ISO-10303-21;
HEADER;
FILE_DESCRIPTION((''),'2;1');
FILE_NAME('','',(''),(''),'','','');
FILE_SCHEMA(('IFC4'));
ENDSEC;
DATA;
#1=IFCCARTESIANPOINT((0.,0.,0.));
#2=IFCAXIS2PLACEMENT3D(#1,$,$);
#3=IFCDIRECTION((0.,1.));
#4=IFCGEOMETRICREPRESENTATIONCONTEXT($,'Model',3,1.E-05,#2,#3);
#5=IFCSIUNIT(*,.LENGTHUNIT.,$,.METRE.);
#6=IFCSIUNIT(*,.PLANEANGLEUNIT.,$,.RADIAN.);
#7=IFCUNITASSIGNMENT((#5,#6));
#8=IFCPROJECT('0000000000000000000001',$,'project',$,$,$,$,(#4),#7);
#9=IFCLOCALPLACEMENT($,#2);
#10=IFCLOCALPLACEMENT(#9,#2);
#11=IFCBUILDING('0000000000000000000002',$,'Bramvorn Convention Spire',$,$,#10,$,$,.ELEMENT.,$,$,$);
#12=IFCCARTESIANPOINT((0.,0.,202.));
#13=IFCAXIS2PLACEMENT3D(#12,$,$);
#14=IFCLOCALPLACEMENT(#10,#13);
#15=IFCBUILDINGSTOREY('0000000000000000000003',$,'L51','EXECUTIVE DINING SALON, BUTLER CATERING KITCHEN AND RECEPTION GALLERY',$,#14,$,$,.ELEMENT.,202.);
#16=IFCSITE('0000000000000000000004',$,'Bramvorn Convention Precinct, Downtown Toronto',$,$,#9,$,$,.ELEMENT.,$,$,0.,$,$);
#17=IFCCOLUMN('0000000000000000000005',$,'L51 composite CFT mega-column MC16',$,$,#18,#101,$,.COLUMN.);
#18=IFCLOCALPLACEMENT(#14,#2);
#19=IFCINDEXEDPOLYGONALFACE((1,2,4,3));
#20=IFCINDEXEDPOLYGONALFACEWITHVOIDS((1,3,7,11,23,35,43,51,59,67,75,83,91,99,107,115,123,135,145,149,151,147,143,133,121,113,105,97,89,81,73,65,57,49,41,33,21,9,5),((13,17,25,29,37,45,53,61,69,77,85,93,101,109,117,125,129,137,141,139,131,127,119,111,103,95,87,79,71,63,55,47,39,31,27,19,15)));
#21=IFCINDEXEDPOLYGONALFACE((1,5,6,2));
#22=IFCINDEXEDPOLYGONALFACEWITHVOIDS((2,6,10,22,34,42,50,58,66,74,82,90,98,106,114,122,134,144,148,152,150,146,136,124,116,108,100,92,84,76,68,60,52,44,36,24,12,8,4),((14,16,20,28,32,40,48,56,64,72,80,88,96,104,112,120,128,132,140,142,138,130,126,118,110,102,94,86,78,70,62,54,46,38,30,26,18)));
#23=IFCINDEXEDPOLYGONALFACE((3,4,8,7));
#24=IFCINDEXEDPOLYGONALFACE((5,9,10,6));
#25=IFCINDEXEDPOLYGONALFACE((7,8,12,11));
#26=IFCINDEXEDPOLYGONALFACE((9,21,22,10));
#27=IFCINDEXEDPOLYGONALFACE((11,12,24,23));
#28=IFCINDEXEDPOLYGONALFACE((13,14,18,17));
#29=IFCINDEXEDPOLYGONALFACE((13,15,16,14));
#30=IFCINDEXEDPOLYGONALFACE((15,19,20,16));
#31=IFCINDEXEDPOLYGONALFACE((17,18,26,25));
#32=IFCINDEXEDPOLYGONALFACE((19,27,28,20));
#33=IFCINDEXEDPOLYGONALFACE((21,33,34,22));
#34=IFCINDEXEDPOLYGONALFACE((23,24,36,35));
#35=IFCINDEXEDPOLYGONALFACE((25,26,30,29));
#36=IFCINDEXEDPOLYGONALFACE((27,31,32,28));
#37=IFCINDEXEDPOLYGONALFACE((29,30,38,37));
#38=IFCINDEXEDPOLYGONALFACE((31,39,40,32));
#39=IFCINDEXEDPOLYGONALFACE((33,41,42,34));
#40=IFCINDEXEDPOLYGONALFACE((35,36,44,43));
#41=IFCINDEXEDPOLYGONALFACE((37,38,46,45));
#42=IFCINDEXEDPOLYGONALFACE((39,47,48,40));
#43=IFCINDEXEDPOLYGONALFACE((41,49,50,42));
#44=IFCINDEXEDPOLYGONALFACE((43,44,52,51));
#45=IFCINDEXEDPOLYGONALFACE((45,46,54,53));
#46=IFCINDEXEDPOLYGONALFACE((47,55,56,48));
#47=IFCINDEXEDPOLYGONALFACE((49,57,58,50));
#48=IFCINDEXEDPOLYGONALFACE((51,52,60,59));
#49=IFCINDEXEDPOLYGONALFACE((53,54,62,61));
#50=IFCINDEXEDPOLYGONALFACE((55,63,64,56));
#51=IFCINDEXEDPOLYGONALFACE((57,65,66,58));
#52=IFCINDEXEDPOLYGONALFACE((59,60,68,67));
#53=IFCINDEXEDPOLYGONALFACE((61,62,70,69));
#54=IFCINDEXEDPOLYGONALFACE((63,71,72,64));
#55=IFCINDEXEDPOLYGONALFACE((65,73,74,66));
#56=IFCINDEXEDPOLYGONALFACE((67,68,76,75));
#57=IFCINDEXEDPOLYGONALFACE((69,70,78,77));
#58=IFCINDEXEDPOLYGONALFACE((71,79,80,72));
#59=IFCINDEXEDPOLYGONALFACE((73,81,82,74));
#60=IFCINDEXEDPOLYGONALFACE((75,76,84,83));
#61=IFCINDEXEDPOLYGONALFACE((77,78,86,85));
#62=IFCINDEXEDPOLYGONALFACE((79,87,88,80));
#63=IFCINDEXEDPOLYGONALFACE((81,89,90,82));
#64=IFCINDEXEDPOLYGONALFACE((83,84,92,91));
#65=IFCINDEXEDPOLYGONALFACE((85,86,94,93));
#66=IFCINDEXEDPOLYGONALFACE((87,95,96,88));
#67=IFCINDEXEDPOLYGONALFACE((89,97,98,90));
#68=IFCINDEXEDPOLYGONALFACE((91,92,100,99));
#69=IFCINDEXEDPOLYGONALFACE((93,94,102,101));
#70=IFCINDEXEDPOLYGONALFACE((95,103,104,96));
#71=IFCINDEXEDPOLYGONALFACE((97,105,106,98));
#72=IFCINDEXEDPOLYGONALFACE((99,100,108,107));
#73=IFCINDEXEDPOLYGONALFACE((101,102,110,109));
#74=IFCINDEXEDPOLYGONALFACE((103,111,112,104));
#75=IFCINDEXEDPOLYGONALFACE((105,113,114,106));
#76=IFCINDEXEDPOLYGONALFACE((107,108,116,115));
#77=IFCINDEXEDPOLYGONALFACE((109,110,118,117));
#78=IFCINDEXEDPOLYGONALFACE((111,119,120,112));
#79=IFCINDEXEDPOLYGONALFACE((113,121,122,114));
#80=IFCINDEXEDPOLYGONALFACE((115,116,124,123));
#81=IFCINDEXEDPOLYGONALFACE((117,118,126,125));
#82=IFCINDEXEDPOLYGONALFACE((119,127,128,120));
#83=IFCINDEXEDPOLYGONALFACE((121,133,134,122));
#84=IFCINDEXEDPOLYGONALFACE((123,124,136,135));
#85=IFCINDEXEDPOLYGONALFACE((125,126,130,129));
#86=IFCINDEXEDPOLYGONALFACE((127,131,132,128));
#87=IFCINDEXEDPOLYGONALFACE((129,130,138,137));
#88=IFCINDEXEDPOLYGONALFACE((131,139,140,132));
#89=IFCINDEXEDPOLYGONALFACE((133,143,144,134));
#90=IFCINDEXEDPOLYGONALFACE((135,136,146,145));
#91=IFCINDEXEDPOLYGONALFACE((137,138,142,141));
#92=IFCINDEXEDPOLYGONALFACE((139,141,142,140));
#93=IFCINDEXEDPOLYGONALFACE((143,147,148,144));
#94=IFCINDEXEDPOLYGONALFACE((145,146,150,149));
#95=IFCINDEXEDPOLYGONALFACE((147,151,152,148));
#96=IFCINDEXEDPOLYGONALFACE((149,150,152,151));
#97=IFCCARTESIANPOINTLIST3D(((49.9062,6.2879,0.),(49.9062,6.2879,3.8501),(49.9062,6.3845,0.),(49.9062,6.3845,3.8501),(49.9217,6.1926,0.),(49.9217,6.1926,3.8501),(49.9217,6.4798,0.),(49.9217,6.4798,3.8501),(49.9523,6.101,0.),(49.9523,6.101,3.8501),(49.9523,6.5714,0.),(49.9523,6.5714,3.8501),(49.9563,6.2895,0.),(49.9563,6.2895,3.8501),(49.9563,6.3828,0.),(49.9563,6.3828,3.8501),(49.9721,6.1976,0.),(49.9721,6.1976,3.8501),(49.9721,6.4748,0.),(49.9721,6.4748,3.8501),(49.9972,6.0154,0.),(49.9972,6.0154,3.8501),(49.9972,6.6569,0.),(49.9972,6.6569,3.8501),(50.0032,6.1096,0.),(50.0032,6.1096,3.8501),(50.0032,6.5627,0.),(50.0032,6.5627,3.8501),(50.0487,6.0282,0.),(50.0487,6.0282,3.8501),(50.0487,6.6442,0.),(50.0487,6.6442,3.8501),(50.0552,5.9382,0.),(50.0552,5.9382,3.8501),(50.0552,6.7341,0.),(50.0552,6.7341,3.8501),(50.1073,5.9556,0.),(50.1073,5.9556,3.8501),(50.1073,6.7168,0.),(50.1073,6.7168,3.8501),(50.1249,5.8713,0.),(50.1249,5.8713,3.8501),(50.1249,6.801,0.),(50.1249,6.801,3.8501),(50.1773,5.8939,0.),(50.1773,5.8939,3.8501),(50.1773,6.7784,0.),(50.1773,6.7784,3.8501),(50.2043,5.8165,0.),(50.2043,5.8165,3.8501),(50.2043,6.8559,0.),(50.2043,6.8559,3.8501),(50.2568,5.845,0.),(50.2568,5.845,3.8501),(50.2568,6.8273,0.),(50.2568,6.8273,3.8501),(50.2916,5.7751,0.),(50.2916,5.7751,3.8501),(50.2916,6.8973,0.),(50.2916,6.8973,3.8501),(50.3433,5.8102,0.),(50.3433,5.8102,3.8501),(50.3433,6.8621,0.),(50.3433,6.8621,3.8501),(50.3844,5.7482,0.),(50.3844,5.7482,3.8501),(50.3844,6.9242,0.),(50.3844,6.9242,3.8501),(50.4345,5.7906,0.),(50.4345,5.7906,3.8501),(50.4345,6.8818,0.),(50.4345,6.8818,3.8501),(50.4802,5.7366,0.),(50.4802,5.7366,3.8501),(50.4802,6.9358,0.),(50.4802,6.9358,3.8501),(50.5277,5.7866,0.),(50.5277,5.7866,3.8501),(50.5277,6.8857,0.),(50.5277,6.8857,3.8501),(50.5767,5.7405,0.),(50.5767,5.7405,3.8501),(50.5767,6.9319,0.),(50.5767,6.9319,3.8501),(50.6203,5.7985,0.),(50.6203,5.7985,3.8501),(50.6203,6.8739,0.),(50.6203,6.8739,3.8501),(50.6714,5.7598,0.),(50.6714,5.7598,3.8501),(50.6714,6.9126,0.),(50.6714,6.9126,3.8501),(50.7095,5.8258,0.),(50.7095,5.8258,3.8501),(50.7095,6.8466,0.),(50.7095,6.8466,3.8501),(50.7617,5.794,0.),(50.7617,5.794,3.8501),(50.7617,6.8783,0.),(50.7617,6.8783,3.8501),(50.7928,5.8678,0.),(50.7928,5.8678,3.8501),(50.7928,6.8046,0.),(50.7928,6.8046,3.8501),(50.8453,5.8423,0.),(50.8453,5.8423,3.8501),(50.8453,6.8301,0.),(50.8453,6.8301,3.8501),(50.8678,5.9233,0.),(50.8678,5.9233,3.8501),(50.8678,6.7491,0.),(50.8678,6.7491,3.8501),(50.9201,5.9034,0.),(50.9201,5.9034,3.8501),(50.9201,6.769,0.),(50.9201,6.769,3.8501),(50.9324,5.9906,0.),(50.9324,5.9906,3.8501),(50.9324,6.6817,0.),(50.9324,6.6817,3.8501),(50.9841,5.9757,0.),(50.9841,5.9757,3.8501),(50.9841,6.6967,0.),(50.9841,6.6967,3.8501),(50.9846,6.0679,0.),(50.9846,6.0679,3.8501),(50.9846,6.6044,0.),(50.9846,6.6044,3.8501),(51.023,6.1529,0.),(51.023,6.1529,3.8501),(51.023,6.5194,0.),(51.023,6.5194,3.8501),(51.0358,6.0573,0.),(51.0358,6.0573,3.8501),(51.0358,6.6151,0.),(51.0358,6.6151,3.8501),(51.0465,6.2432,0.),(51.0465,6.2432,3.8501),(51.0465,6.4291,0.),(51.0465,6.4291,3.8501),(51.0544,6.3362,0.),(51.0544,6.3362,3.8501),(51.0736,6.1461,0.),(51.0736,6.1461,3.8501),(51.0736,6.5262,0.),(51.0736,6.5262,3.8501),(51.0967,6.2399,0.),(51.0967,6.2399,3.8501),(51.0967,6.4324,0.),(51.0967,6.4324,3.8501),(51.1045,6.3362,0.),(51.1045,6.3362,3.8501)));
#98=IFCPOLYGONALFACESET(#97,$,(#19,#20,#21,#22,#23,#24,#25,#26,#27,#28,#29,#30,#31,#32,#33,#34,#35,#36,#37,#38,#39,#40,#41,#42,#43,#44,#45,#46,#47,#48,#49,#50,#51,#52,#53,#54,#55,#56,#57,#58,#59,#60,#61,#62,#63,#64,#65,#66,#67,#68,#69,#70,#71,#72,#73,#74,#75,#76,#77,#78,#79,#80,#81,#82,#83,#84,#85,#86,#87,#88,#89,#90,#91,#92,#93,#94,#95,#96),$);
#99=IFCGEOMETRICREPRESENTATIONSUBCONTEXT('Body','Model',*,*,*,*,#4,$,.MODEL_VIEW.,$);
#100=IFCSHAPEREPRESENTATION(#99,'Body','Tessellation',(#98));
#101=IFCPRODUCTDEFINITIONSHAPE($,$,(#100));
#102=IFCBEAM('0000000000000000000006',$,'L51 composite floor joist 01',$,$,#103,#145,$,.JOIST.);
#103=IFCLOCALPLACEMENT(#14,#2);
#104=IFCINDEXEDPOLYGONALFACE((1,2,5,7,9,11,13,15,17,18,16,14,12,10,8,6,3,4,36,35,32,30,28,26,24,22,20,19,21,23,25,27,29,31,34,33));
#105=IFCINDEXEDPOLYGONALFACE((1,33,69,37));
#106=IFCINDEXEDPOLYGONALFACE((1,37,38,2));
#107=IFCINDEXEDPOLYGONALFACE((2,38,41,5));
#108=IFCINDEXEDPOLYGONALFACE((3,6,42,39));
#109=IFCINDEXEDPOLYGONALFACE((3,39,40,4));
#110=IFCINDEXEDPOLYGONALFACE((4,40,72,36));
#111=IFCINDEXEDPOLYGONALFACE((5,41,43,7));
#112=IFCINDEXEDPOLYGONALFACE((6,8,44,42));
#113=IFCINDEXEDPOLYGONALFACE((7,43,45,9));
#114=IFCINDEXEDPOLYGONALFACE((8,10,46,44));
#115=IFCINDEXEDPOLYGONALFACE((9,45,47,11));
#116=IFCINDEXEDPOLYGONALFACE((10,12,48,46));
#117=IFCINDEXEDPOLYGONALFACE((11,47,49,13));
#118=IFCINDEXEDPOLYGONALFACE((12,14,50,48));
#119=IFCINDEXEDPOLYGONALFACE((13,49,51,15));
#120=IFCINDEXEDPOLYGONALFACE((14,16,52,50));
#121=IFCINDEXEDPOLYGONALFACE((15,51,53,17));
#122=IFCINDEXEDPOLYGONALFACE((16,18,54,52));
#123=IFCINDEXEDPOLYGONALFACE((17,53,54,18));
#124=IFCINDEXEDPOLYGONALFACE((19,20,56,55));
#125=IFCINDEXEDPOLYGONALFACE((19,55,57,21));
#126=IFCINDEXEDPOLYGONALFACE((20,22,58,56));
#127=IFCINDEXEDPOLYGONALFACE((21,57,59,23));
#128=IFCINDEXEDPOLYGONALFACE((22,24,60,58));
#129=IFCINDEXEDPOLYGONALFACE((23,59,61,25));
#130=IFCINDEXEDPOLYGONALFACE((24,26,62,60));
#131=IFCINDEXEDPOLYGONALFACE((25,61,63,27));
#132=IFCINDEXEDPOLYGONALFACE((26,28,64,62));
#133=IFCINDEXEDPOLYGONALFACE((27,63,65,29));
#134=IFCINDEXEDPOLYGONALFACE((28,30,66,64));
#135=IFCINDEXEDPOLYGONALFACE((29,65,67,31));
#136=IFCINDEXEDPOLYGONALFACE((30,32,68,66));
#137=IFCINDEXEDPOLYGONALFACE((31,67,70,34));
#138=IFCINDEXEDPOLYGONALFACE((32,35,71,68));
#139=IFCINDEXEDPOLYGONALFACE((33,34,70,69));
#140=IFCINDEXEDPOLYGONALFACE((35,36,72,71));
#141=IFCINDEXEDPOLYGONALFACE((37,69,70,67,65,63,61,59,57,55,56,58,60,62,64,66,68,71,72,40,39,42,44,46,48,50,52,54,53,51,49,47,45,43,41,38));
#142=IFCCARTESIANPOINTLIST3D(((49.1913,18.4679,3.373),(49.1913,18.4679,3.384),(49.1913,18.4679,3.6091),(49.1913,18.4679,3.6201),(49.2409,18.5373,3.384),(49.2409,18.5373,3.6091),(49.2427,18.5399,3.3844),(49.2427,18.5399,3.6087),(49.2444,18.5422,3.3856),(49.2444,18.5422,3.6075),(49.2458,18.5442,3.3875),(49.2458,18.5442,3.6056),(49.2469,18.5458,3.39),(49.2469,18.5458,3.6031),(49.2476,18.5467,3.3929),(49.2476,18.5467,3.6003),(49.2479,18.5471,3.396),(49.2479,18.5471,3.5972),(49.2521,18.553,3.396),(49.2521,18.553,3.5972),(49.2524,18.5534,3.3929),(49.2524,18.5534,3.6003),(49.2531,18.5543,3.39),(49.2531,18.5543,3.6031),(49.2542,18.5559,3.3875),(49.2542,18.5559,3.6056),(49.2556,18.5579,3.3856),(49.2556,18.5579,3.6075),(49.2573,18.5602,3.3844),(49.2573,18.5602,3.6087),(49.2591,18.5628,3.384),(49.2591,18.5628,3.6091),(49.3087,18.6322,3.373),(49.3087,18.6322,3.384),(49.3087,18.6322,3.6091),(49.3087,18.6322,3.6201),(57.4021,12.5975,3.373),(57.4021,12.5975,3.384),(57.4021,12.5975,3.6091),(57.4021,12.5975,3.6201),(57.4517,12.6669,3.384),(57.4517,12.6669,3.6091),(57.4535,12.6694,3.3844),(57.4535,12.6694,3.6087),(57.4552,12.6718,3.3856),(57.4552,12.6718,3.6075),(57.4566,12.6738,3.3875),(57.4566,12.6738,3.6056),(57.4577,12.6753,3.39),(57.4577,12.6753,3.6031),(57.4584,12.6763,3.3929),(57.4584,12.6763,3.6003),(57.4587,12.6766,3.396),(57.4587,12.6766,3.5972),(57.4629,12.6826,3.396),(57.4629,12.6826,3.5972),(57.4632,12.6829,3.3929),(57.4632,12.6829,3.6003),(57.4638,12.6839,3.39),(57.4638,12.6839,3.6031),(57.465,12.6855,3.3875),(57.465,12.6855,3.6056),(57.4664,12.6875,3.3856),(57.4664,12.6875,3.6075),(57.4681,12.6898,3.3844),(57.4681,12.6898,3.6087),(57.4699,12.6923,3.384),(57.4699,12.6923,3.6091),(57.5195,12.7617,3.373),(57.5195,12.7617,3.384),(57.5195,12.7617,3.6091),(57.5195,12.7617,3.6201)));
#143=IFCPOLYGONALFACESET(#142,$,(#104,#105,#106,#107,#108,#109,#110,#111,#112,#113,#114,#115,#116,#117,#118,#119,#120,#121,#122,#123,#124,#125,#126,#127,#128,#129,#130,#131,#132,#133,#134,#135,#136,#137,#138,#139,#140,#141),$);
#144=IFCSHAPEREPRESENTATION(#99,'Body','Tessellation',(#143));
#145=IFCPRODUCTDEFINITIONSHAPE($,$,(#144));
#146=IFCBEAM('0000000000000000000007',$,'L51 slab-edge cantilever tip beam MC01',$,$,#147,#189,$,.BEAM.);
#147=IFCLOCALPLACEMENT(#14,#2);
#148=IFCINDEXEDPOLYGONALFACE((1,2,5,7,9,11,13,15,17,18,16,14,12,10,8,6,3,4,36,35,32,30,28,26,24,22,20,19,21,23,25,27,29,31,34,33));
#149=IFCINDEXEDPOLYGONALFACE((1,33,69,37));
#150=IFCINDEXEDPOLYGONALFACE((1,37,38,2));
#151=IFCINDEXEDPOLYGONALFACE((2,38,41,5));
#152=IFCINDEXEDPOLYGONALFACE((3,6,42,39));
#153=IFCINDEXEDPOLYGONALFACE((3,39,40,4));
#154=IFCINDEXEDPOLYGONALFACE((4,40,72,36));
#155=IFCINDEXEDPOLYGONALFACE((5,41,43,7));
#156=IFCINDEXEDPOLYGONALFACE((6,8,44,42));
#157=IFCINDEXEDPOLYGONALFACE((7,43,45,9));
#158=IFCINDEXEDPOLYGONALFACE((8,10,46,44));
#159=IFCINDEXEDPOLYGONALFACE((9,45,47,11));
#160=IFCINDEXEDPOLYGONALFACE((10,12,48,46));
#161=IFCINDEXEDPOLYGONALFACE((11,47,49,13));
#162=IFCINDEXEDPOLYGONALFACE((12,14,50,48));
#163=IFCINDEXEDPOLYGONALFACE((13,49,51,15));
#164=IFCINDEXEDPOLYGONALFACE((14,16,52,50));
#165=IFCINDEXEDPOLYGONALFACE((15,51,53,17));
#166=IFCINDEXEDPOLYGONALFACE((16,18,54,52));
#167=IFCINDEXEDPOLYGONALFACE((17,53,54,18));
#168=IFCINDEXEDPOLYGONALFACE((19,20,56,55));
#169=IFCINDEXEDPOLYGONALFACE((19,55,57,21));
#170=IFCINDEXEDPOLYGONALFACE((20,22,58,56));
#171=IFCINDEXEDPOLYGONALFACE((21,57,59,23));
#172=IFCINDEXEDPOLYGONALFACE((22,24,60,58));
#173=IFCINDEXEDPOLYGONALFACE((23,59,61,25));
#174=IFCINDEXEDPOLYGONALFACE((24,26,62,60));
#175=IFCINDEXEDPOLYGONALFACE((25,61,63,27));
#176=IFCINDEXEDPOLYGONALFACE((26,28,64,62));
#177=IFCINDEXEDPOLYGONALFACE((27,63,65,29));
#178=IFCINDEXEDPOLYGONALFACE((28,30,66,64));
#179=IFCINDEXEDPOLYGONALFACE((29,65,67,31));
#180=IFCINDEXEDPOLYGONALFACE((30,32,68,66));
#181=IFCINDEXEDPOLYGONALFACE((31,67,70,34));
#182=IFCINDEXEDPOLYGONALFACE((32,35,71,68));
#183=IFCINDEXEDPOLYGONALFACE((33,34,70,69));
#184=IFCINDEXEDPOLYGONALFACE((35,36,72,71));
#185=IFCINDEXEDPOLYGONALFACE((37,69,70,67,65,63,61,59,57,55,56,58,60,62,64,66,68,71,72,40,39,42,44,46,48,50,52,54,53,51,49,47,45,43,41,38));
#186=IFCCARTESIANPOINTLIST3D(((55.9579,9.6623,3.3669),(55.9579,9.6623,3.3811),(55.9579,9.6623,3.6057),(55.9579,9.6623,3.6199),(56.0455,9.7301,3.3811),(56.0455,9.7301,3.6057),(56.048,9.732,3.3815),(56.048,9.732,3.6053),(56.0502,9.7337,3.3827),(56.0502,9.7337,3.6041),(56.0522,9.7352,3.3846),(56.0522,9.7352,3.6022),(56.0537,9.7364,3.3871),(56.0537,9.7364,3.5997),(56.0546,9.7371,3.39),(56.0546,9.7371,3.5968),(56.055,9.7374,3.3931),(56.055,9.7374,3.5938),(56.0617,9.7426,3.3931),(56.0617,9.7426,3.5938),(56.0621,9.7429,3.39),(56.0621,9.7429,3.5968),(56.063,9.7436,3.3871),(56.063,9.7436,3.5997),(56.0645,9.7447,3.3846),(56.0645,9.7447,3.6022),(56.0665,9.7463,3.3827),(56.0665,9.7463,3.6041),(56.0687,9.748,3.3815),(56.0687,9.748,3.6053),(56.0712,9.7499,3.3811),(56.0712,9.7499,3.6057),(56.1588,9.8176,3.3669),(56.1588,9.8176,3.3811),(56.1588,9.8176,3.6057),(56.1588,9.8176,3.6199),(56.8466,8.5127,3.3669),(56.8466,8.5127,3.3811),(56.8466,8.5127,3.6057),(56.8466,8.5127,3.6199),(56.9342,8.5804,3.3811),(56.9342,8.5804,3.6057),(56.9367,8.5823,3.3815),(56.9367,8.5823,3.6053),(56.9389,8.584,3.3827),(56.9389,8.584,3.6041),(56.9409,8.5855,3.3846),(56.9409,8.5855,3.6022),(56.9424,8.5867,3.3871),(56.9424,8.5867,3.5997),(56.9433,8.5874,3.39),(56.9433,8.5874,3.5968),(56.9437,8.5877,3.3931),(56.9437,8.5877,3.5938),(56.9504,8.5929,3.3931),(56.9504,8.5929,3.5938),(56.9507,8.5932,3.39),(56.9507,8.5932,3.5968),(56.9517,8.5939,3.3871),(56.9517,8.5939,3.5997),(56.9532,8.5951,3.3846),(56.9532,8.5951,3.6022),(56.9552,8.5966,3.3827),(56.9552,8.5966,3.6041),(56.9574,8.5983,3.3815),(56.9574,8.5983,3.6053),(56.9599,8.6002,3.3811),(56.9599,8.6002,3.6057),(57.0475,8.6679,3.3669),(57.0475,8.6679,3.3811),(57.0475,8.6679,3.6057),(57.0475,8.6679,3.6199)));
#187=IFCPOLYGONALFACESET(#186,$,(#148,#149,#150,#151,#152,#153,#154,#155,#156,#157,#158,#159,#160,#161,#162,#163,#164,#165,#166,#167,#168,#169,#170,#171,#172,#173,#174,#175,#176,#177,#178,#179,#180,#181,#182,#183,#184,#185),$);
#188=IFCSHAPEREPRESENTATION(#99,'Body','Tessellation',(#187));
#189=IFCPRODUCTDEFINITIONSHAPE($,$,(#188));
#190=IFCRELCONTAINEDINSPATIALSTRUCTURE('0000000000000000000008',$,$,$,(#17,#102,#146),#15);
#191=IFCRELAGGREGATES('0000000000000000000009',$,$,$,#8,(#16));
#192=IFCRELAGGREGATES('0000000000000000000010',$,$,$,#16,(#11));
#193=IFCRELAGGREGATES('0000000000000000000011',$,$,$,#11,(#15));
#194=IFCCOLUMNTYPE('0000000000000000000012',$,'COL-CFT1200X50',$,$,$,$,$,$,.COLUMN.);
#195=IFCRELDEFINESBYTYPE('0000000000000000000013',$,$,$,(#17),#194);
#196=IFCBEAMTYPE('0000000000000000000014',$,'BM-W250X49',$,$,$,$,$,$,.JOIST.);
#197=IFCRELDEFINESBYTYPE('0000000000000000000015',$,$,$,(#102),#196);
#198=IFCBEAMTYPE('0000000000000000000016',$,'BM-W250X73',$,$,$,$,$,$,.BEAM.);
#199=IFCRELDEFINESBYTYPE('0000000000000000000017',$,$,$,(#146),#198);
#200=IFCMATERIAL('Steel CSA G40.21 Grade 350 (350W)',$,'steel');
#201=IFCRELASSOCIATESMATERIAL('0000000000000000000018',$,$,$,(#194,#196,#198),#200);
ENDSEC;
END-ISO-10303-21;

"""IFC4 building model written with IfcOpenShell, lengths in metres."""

from ifc_helpers import new_model, si_unit, direction, frame, origin, origin_2d, place, context, subcontext, project, spatial, hollow_circle, i_section, extrude, material, material_profile, profile_set, type_object, element, save


model = new_model("IFC4")

# Units and contexts
model_context = context("Model", 3, precision=1e-05, world=origin(), true_north=direction((0.0, 1.0)))
body_context = subcontext(model_context, "Body", "Model", "MODEL_VIEW")
ifc_project = project(units=[si_unit("LENGTHUNIT", "METRE"), si_unit("PLANEANGLEUNIT", "RADIAN")], contexts=[model_context])

# Site, building, storey
site_placement = place(None, origin())
site = spatial("IfcSite", under=ifc_project, at=site_placement, Name="Bramvorn Convention Precinct, Downtown Toronto", CompositionType="ELEMENT", RefElevation=0.0)
building_placement = place(site_placement, origin())
building = spatial("IfcBuilding", under=site, at=building_placement, Name="Bramvorn Convention Spire", CompositionType="ELEMENT")
storey_placement = place(building_placement, frame((0.0, 0.0, 202.0)))
storey = spatial("IfcBuildingStorey", under=building, at=storey_placement, Name="L51", Description="EXECUTIVE DINING SALON, BUTLER CATERING KITCHEN AND RECEPTION GALLERY", CompositionType="ELEMENT", Elevation=202.0)

# Column
ifc_material_1 = material(Name="Steel CSA G40.21 Grade 350 (350W)", Category="steel")
ifc_material_profile_1 = material_profile(ifc_material_1, hollow_circle(Radius=0.6001, WallThickness=0.05, at=origin_2d()))
ifc_profile_set_1 = profile_set([ifc_material_profile_1], Name="Steel CSA G40.21 Grade 350 (350W) - CFT1200X50")
column_type = type_object("IfcColumnType", Name="COL-CFT1200X50", PredefinedType="COLUMN", material=ifc_profile_set_1)
for number, where, z_axis, x_axis, name in (
    (1, (50.5044, 6.3362, 0.0), (0.0, 0.0, 1.0), (1.0, 0.0, 0.0), "L51 composite CFT mega-column MC16"),
):
    element("IfcColumn", number, at=place(storey_placement, frame(where, z_axis=z_axis, x_axis=x_axis)), inside=storey, type_object=column_type, Name=name, PredefinedType="COLUMN", context=body_context, shape_type="SweptSolid", body=[
        extrude(hollow_circle(Radius=0.6001, WallThickness=0.05, at=origin_2d()), origin(), (0.0, 0.0, 1.0), 3.8501),
    ])

# Beams
ifc_material_profile_2 = material_profile(ifc_material_1, i_section(OverallWidth=0.2019, OverallDepth=0.2471, WebThickness=0.0073, FlangeThickness=0.011, FilletRadius=0.012, at=origin_2d()))
ifc_profile_set_2 = profile_set([ifc_material_profile_2], Name="Steel CSA G40.21 Grade 350 (350W) - W250X49")
beam_type_1 = type_object("IfcBeamType", Name="BM-W250X49", PredefinedType="JOIST", material=ifc_profile_set_2)
beam_1_placement = place(storey_placement, frame((49.25, 18.55, 3.4966), z_axis=(0.813472, -0.581604, 0.0), x_axis=(0.581604, 0.813472, 0.0)))
element("IfcBeam", 2, at=beam_1_placement, inside=storey, type_object=beam_type_1, Name="L51 composite floor joist 01", PredefinedType="JOIST", context=body_context, shape_type="SweptSolid", body=[
    extrude(i_section(OverallWidth=0.2019, OverallDepth=0.2471, WebThickness=0.0073, FlangeThickness=0.011, FilletRadius=0.012, at=origin_2d()), origin(), (0.0, 0.0, 1.0), 10.0935),
])
ifc_material_profile_3 = material_profile(ifc_material_1, i_section(OverallWidth=0.2539, OverallDepth=0.2529, WebThickness=0.0085, FlangeThickness=0.0142, FilletRadius=0.012, at=origin_2d()))
ifc_profile_set_3 = profile_set([ifc_material_profile_3], Name="Steel CSA G40.21 Grade 350 (350W) - W250X73")
beam_type_2 = type_object("IfcBeamType", Name="BM-W250X73", PredefinedType="BEAM", material=ifc_profile_set_3)
beam_2_placement = place(storey_placement, frame((56.0583, 9.74, 3.4934), z_axis=(0.611577, -0.791185, 0.0), x_axis=(0.791185, 0.611577, 0.0)))
element("IfcBeam", 3, at=beam_2_placement, inside=storey, type_object=beam_type_2, Name="L51 slab-edge cantilever tip beam MC01", PredefinedType="BEAM", context=body_context, shape_type="SweptSolid", body=[
    extrude(i_section(OverallWidth=0.2539, OverallDepth=0.2529, WebThickness=0.0085, FlangeThickness=0.0142, FilletRadius=0.012, at=origin_2d()), origin(), (0.0, 0.0, 1.0), 1.4531),
])

save(model, "model.ifc")
